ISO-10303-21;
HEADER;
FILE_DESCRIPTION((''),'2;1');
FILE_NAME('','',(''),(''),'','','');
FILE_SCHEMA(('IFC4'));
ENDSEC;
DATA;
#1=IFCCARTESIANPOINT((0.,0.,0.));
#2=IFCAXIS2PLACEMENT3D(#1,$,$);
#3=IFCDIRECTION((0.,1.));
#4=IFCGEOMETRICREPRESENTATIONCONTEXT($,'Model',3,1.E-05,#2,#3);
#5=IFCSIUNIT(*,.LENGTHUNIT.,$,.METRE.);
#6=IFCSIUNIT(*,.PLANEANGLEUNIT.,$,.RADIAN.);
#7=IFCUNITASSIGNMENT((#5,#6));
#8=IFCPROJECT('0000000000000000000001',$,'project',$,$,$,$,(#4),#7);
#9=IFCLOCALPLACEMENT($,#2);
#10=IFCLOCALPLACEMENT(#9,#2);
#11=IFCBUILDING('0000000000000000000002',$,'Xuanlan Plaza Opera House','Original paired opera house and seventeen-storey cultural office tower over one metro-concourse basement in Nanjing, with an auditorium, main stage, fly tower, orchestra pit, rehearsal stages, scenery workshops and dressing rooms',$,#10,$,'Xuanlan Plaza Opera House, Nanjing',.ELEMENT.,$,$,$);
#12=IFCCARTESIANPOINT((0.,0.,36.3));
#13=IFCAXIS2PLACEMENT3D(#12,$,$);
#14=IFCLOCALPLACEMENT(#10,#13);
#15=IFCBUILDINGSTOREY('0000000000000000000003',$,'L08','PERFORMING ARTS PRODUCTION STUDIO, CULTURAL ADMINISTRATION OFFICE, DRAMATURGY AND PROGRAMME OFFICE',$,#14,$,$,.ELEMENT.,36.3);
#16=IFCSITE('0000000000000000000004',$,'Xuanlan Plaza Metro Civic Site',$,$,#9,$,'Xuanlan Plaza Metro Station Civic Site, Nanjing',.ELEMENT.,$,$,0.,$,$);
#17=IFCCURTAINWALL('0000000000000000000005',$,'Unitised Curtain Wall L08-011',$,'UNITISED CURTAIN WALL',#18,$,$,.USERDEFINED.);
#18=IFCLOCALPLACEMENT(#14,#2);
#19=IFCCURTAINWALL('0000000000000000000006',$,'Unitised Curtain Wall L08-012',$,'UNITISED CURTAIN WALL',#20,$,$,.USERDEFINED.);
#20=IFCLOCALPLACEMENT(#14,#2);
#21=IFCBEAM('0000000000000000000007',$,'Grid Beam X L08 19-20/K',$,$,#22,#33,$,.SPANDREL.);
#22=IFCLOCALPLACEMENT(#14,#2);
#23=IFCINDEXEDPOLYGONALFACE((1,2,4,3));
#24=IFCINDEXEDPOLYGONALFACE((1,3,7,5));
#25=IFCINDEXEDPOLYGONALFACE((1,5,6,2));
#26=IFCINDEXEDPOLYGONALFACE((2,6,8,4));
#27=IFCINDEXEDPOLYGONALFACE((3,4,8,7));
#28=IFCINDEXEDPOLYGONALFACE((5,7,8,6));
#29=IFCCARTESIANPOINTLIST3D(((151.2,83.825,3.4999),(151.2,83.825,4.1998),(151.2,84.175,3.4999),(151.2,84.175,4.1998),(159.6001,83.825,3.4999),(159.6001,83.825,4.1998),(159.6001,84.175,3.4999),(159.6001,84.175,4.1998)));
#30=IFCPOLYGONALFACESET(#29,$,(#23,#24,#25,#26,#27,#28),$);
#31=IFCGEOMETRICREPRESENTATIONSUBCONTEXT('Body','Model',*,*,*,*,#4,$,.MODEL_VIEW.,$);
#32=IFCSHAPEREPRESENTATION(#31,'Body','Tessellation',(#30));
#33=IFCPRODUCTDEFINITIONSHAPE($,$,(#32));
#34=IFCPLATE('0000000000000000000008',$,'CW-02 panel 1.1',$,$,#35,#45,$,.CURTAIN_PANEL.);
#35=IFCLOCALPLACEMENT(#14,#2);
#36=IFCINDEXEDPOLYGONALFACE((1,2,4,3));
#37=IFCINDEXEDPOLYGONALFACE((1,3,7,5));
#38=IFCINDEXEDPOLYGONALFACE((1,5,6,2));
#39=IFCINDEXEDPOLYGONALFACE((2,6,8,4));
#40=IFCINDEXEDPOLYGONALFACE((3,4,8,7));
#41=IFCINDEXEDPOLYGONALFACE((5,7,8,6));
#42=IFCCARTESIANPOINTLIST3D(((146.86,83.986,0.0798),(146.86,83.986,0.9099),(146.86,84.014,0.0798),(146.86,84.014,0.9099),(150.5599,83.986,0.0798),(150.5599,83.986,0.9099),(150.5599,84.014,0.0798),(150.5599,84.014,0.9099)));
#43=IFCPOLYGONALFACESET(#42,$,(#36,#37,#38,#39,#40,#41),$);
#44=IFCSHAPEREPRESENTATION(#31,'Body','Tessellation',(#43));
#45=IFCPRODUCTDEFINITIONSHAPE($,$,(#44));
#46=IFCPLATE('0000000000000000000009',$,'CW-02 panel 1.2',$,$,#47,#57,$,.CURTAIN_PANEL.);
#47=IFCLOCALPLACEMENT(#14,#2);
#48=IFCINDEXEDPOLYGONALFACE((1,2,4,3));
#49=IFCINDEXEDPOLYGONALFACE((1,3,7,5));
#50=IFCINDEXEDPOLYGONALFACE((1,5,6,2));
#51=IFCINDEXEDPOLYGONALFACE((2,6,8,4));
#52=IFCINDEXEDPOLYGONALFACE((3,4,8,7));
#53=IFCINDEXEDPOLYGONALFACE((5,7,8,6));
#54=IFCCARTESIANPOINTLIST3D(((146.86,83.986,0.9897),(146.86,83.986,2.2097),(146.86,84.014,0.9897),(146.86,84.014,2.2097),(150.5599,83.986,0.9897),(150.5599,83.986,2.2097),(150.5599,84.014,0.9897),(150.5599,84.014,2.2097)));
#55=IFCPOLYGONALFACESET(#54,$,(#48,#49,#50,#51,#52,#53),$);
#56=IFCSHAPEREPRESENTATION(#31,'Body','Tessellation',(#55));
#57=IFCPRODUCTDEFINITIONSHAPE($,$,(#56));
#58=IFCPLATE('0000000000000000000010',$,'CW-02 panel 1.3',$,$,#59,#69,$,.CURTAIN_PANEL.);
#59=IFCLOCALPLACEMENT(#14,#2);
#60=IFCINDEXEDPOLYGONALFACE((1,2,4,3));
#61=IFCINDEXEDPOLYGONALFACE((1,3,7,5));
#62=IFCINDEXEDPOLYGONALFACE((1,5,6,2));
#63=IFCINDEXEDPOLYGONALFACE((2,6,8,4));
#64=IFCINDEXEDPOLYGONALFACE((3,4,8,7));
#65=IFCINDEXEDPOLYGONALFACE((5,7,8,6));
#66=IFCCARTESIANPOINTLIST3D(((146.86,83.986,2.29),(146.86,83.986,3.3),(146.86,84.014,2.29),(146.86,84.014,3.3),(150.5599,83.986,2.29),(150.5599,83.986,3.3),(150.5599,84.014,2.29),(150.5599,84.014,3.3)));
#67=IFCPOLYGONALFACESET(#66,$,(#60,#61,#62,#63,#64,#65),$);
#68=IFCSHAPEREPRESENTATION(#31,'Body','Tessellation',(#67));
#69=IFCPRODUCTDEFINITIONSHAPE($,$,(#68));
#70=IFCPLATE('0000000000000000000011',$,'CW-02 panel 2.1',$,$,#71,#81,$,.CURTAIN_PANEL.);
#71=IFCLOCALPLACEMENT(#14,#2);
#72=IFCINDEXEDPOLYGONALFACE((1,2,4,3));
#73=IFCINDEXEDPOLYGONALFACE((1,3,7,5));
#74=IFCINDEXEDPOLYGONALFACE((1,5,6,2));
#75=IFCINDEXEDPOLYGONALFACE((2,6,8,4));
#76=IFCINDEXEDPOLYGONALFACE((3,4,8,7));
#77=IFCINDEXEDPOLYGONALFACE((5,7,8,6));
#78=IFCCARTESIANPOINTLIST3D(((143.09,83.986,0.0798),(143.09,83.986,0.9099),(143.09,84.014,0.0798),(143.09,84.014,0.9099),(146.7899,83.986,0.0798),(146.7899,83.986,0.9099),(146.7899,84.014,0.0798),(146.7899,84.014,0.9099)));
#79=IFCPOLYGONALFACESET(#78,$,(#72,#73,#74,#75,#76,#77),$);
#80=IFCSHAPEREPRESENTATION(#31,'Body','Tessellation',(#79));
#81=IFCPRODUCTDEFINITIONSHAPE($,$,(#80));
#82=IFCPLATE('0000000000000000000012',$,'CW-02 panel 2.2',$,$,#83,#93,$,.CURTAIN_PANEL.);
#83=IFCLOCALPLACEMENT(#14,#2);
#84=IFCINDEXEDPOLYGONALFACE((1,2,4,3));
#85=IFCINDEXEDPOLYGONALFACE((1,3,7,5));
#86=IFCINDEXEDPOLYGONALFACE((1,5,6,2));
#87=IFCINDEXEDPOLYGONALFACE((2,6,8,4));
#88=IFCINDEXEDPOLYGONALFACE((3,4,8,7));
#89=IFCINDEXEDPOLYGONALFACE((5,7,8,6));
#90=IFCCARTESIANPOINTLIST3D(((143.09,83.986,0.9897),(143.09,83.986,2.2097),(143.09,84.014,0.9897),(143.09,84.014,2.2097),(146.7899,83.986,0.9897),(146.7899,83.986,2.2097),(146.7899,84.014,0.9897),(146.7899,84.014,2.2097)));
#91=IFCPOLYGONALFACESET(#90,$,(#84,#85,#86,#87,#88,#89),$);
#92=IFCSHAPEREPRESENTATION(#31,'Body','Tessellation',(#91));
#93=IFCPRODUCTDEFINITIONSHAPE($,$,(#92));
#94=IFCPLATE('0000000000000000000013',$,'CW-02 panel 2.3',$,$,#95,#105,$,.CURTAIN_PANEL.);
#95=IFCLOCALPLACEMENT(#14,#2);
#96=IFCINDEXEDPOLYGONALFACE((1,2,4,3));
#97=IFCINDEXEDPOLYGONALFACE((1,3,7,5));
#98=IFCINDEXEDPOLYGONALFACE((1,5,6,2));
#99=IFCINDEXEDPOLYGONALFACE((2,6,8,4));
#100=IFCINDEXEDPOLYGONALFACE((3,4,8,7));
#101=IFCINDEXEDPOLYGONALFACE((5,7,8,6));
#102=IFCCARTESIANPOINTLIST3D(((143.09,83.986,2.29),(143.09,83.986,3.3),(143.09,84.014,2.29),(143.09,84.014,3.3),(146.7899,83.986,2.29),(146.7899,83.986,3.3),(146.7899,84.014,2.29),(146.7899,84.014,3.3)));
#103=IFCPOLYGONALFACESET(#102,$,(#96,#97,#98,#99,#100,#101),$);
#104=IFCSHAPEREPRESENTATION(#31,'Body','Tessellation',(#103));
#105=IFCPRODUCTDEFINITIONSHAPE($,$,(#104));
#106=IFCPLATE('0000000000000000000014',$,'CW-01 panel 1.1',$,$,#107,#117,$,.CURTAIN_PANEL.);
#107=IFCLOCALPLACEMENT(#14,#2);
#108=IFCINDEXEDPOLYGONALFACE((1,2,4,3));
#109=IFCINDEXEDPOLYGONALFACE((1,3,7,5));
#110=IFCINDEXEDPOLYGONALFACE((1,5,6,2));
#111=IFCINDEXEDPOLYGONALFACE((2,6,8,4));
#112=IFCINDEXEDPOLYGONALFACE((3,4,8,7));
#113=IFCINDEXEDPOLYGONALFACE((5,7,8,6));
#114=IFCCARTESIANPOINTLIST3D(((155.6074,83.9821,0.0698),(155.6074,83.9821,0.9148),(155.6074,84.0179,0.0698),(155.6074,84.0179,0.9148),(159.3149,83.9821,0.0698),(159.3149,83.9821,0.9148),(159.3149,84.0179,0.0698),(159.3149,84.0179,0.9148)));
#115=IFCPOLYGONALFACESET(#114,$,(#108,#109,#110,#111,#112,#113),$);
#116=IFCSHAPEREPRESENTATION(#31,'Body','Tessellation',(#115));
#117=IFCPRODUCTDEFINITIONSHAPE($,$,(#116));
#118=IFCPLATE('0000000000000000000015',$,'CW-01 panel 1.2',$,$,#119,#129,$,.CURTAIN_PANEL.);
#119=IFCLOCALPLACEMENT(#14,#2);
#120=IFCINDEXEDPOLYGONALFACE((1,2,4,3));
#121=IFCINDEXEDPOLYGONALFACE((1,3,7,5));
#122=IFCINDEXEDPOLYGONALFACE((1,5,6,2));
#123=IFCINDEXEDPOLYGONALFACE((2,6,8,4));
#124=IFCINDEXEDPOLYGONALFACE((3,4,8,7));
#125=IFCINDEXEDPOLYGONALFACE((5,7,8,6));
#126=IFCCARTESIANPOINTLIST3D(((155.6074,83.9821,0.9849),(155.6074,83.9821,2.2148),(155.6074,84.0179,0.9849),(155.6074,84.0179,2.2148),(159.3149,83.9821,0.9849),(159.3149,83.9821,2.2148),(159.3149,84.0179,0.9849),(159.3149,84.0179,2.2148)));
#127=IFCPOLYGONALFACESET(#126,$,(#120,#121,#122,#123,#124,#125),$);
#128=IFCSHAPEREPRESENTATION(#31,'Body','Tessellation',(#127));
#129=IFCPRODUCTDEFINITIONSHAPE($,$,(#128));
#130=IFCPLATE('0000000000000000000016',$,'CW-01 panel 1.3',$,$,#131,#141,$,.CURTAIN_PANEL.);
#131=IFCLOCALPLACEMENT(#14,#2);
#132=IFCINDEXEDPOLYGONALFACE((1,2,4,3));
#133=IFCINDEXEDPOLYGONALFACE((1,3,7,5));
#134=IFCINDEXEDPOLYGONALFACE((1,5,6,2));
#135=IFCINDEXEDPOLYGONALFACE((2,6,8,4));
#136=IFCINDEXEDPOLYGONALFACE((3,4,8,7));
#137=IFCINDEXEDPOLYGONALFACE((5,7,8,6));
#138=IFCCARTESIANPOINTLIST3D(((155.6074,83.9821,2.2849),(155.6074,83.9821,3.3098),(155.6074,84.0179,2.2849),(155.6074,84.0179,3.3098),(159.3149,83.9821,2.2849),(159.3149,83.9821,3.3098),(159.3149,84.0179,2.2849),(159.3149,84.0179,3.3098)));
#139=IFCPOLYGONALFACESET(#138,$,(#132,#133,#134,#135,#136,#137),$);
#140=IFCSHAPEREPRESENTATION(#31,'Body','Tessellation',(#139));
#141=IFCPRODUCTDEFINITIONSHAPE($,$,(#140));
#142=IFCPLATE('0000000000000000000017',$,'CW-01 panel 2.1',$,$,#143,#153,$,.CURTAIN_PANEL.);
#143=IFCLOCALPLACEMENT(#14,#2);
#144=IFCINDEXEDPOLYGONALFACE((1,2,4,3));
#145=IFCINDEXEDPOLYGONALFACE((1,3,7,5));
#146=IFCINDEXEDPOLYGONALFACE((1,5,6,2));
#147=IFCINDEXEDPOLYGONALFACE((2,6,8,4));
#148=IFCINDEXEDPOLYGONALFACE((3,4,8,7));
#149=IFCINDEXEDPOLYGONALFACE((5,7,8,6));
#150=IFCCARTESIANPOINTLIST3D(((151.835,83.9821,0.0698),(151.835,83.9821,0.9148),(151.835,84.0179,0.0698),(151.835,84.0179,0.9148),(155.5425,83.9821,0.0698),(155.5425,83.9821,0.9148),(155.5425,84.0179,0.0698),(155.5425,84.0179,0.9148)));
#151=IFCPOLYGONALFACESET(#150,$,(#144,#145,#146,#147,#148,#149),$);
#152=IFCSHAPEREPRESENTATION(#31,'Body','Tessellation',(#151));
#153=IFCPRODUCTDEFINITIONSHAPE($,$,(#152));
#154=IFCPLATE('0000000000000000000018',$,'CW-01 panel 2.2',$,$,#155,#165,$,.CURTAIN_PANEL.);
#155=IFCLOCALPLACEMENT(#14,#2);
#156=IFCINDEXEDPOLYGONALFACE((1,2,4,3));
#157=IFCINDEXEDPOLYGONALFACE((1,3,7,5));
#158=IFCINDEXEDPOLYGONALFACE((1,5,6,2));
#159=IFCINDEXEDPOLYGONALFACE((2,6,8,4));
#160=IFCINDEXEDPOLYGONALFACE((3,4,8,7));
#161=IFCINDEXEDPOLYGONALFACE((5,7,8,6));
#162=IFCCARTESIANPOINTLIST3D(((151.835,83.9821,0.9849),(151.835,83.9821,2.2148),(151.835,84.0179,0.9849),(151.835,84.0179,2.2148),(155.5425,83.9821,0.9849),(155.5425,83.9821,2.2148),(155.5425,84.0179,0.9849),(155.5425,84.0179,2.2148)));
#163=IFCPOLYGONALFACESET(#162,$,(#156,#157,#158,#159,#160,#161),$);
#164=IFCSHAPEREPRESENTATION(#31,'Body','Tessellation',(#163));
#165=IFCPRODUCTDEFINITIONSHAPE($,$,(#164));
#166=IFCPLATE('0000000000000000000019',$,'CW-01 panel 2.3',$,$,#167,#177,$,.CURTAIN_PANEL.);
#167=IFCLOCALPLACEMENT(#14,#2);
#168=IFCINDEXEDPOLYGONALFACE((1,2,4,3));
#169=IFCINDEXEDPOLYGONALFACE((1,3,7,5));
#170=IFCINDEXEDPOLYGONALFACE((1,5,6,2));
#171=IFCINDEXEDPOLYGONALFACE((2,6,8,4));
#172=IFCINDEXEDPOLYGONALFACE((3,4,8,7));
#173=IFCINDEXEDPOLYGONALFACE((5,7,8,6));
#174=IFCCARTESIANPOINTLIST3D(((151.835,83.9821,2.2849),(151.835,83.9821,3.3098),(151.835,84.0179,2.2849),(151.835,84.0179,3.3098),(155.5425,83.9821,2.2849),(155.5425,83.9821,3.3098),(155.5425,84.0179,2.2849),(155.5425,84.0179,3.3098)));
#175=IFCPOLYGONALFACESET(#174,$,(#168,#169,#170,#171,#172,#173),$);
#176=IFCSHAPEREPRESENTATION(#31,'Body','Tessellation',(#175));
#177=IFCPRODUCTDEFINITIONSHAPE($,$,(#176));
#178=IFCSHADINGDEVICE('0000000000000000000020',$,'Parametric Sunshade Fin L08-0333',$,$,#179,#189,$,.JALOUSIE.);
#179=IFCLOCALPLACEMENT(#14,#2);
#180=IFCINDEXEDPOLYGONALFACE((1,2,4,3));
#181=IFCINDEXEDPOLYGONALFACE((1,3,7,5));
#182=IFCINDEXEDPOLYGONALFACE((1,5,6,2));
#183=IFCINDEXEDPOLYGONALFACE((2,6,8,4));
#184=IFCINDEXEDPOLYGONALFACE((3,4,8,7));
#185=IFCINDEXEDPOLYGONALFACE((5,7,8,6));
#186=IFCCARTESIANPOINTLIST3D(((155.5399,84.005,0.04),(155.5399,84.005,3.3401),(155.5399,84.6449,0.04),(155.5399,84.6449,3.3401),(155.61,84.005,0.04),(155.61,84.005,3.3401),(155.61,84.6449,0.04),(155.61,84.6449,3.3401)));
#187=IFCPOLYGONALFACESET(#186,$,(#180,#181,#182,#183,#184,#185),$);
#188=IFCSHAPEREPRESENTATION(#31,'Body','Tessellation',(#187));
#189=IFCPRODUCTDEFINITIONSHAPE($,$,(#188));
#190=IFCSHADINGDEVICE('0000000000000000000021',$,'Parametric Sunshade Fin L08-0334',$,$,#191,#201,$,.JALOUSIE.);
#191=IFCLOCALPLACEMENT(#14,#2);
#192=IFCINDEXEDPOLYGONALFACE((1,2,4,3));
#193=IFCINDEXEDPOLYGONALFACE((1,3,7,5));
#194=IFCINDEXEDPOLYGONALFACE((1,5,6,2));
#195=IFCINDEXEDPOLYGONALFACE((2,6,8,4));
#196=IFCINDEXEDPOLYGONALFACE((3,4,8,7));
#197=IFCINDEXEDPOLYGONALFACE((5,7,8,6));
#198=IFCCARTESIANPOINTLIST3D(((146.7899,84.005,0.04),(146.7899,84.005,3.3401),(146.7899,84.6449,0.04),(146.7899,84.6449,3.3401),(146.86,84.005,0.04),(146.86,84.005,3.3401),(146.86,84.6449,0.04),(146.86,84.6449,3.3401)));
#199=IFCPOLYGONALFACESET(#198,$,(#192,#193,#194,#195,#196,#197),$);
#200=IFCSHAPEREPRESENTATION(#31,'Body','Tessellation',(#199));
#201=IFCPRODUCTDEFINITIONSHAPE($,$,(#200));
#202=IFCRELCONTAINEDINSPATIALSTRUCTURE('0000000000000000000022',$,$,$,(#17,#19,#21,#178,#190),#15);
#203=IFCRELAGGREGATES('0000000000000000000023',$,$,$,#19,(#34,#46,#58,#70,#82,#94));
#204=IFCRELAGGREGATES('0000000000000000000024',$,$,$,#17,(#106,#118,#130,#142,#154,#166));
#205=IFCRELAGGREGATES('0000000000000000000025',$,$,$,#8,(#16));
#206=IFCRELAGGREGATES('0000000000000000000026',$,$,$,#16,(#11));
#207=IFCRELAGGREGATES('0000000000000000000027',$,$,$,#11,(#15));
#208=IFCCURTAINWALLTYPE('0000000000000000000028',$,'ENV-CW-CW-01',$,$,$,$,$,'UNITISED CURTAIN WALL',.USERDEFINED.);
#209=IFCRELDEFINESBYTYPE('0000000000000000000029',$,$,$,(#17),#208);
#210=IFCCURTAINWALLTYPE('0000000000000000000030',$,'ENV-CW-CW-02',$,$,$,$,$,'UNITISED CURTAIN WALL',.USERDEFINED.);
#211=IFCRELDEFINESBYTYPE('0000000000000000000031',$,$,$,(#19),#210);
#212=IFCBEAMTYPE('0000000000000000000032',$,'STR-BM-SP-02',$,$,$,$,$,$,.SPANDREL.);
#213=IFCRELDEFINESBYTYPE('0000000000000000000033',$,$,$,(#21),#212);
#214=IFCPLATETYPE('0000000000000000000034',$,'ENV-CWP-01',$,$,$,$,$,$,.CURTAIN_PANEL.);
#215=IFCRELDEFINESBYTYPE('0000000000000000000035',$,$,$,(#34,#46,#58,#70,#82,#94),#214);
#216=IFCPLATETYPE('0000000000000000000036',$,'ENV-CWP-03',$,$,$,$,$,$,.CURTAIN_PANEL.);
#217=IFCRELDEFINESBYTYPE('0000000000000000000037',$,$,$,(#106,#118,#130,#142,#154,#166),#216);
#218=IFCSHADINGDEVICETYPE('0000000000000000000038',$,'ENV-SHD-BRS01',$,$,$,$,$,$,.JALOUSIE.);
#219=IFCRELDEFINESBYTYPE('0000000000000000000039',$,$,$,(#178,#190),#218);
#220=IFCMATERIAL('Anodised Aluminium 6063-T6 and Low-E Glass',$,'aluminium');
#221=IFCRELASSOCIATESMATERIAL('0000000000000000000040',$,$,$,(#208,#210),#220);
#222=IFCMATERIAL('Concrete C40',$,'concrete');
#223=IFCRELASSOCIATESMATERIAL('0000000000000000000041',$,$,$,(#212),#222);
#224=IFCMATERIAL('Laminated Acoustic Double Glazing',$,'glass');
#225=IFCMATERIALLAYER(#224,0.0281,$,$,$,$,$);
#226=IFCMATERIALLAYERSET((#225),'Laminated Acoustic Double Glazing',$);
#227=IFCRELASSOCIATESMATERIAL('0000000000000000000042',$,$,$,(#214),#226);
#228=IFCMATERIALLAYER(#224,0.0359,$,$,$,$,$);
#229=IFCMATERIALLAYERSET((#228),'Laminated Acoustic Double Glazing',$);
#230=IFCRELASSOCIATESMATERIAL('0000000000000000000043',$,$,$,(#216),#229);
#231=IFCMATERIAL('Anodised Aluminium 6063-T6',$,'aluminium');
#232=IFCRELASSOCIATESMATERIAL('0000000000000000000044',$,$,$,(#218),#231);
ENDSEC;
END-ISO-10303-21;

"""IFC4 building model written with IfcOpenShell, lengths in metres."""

from ifc_helpers import new_model, si_unit, direction, frame, origin, origin_2d, place, context, subcontext, project, spatial, rectangle, extrude, material, layer, layer_set, material_profile, profile_set, type_object, element, aggregate, save


model = new_model("IFC4")

# Units and contexts
model_context = context("Model", 3, precision=1e-05, world=origin(), true_north=direction((0.0, 1.0)))
body_context = subcontext(model_context, "Body", "Model", "MODEL_VIEW")
ifc_project = project(units=[si_unit("LENGTHUNIT", "METRE"), si_unit("PLANEANGLEUNIT", "RADIAN")], contexts=[model_context])

# Site, building, storey
site_placement = place(None, origin())
site = spatial("IfcSite", under=ifc_project, at=site_placement, Name="Xuanlan Plaza Metro Civic Site", LongName="Xuanlan Plaza Metro Station Civic Site, Nanjing", CompositionType="ELEMENT", RefElevation=0.0)
building_placement = place(site_placement, origin())
building = spatial("IfcBuilding", under=site, at=building_placement, Name="Xuanlan Plaza Opera House", Description="Original paired opera house and seventeen-storey cultural office tower over one metro-concourse basement in Nanjing, with an auditorium, main stage, fly tower, orchestra pit, rehearsal stages, scenery workshops and dressing rooms", LongName="Xuanlan Plaza Opera House, Nanjing", CompositionType="ELEMENT")
storey_placement = place(building_placement, frame((0.0, 0.0, 36.3)))
storey = spatial("IfcBuildingStorey", under=building, at=storey_placement, Name="L08", Description="PERFORMING ARTS PRODUCTION STUDIO, CULTURAL ADMINISTRATION OFFICE, DRAMATURGY AND PROGRAMME OFFICE", CompositionType="ELEMENT", Elevation=36.3)

# Curtain walls
ifc_material_1 = material(Name="Anodised Aluminium 6063-T6 and Low-E Glass", Category="aluminium")
curtain_wall_type_1 = type_object("IfcCurtainWallType", Name="ENV-CW-CW-01", ElementType="UNITISED CURTAIN WALL", PredefinedType="USERDEFINED", material=ifc_material_1)
curtain_wall_1_placement = place(storey_placement, origin())
curtain_wall_1 = element("IfcCurtainWall", 1, at=curtain_wall_1_placement, inside=storey, type_object=curtain_wall_type_1, Name="Unitised Curtain Wall L08-011", ObjectType="UNITISED CURTAIN WALL", PredefinedType="USERDEFINED")
ifc_material_2 = material(Name="Anodised Aluminium 6063-T6", Category="aluminium")
curtain_wall_type_2 = type_object("IfcCurtainWallType", Name="ENV-CW-CW-02", ElementType="UNITISED CURTAIN WALL", PredefinedType="USERDEFINED", material=ifc_material_1)
curtain_wall_2_placement = place(storey_placement, origin())
curtain_wall_2 = element("IfcCurtainWall", 2, at=curtain_wall_2_placement, inside=storey, type_object=curtain_wall_type_2, Name="Unitised Curtain Wall L08-012", ObjectType="UNITISED CURTAIN WALL", PredefinedType="USERDEFINED")

# Beam
ifc_material_3 = material(Name="Concrete C40", Category="concrete")
ifc_material_profile_1 = material_profile(ifc_material_3, rectangle(XDim=0.3501, YDim=0.7, at=origin_2d()), Name="RC-SPD 350x700")
ifc_profile_set_1 = profile_set([ifc_material_profile_1], Name="Concrete C40")
beam_type = type_object("IfcBeamType", Name="STR-BM-SP-02", PredefinedType="SPANDREL", material=ifc_profile_set_1)
beam_1_placement = place(storey_placement, frame((151.2, 84.0, 3.8499), z_axis=(1.0, 0.0, 0.0), x_axis=(0.0, 1.0, 0.0)))
element("IfcBeam", 3, at=beam_1_placement, inside=storey, type_object=beam_type, Name="Grid Beam X L08 19-20/K", PredefinedType="SPANDREL", context=body_context, shape_type="SweptSolid", body=[
    extrude(rectangle(XDim=0.3501, YDim=0.7, at=origin_2d()), origin(), (0.0, 0.0, 1.0), 8.4001),
])

# Plates
ifc_material_4 = material(Name="Laminated Acoustic Double Glazing", Category="glass")
ifc_layer_1 = layer(ifc_material_4, 0.0281)
ifc_layer_set_1 = layer_set([ifc_layer_1], Name="Laminated Acoustic Double Glazing")
plate_type_1 = type_object("IfcPlateType", Name="ENV-CWP-01", PredefinedType="CURTAIN_PANEL", material=ifc_layer_set_1)
plate_1_placement = place(storey_placement, frame((148.71, 84.0, 0.0798), z_axis=(0.0, 0.0, 1.0), x_axis=(-1.0, 0.0, 0.0)))
plate_1 = element("IfcPlate", 4, at=plate_1_placement, type_object=plate_type_1, Name="CW-02 panel 1.1", PredefinedType="CURTAIN_PANEL", context=body_context, shape_type="SweptSolid", body=[
    extrude(rectangle(XDim=3.7, YDim=0.0281, at=origin_2d()), origin(), (0.0, 0.0, 1.0), 0.8301),
])
plate_2_placement = place(storey_placement, frame((148.71, 84.0, 0.9897), z_axis=(0.0, 0.0, 1.0), x_axis=(-1.0, 0.0, 0.0)))
plate_2 = element("IfcPlate", 5, at=plate_2_placement, type_object=plate_type_1, Name="CW-02 panel 1.2", PredefinedType="CURTAIN_PANEL", context=body_context, shape_type="SweptSolid", body=[
    extrude(rectangle(XDim=3.7, YDim=0.0281, at=origin_2d()), origin(), (0.0, 0.0, 1.0), 1.22),
])
plate_3_placement = place(storey_placement, frame((148.71, 84.0, 2.29), z_axis=(0.0, 0.0, 1.0), x_axis=(-1.0, 0.0, 0.0)))
plate_3 = element("IfcPlate", 6, at=plate_3_placement, type_object=plate_type_1, Name="CW-02 panel 1.3", PredefinedType="CURTAIN_PANEL", context=body_context, shape_type="SweptSolid", body=[
    extrude(rectangle(XDim=3.7, YDim=0.0281, at=origin_2d()), origin(), (0.0, 0.0, 1.0), 1.01),
])
plate_4_placement = place(storey_placement, frame((144.9399, 84.0, 0.0798), z_axis=(0.0, 0.0, 1.0), x_axis=(-1.0, 0.0, 0.0)))
plate_4 = element("IfcPlate", 7, at=plate_4_placement, type_object=plate_type_1, Name="CW-02 panel 2.1", PredefinedType="CURTAIN_PANEL", context=body_context, shape_type="SweptSolid", body=[
    extrude(rectangle(XDim=3.7, YDim=0.0281, at=origin_2d()), origin(), (0.0, 0.0, 1.0), 0.8301),
])
plate_5_placement = place(storey_placement, frame((144.9399, 84.0, 0.9897), z_axis=(0.0, 0.0, 1.0), x_axis=(-1.0, 0.0, 0.0)))
plate_5 = element("IfcPlate", 8, at=plate_5_placement, type_object=plate_type_1, Name="CW-02 panel 2.2", PredefinedType="CURTAIN_PANEL", context=body_context, shape_type="SweptSolid", body=[
    extrude(rectangle(XDim=3.7, YDim=0.0281, at=origin_2d()), origin(), (0.0, 0.0, 1.0), 1.22),
])
plate_6_placement = place(storey_placement, frame((144.9399, 84.0, 2.29), z_axis=(0.0, 0.0, 1.0), x_axis=(-1.0, 0.0, 0.0)))
plate_6 = element("IfcPlate", 9, at=plate_6_placement, type_object=plate_type_1, Name="CW-02 panel 2.3", PredefinedType="CURTAIN_PANEL", context=body_context, shape_type="SweptSolid", body=[
    extrude(rectangle(XDim=3.7, YDim=0.0281, at=origin_2d()), origin(), (0.0, 0.0, 1.0), 1.01),
])
aggregate(curtain_wall_2, [plate_1, plate_2, plate_3, plate_4, plate_5, plate_6])
ifc_layer_2 = layer(ifc_material_4, 0.0359)
ifc_layer_set_2 = layer_set([ifc_layer_2], Name="Laminated Acoustic Double Glazing")
plate_type_2 = type_object("IfcPlateType", Name="ENV-CWP-03", PredefinedType="CURTAIN_PANEL", material=ifc_layer_set_2)
plate_7_placement = place(storey_placement, frame((157.4612, 84.0, 0.0698), z_axis=(0.0, 0.0, 1.0), x_axis=(-1.0, 0.0, 0.0)))
plate_7 = element("IfcPlate", 10, at=plate_7_placement, type_object=plate_type_2, Name="CW-01 panel 1.1", PredefinedType="CURTAIN_PANEL", context=body_context, shape_type="SweptSolid", body=[
    extrude(rectangle(XDim=3.7075, YDim=0.0359, at=origin_2d()), origin(), (0.0, 0.0, 1.0), 0.845),
])
plate_8_placement = place(storey_placement, frame((157.4612, 84.0, 0.9849), z_axis=(0.0, 0.0, 1.0), x_axis=(-1.0, 0.0, 0.0)))
plate_8 = element("IfcPlate", 11, at=plate_8_placement, type_object=plate_type_2, Name="CW-01 panel 1.2", PredefinedType="CURTAIN_PANEL", context=body_context, shape_type="SweptSolid", body=[
    extrude(rectangle(XDim=3.7075, YDim=0.0359, at=origin_2d()), origin(), (0.0, 0.0, 1.0), 1.23),
])
plate_9_placement = place(storey_placement, frame((157.4612, 84.0, 2.2849), z_axis=(0.0, 0.0, 1.0), x_axis=(-1.0, 0.0, 0.0)))
plate_9 = element("IfcPlate", 12, at=plate_9_placement, type_object=plate_type_2, Name="CW-01 panel 1.3", PredefinedType="CURTAIN_PANEL", context=body_context, shape_type="SweptSolid", body=[
    extrude(rectangle(XDim=3.7075, YDim=0.0359, at=origin_2d()), origin(), (0.0, 0.0, 1.0), 1.0249),
])
plate_10_placement = place(storey_placement, frame((153.6887, 84.0, 0.0698), z_axis=(0.0, 0.0, 1.0), x_axis=(-1.0, 0.0, 0.0)))
plate_10 = element("IfcPlate", 13, at=plate_10_placement, type_object=plate_type_2, Name="CW-01 panel 2.1", PredefinedType="CURTAIN_PANEL", context=body_context, shape_type="SweptSolid", body=[
    extrude(rectangle(XDim=3.7075, YDim=0.0359, at=origin_2d()), origin(), (0.0, 0.0, 1.0), 0.845),
])
plate_11_placement = place(storey_placement, frame((153.6887, 84.0, 0.9849), z_axis=(0.0, 0.0, 1.0), x_axis=(-1.0, 0.0, 0.0)))
plate_11 = element("IfcPlate", 14, at=plate_11_placement, type_object=plate_type_2, Name="CW-01 panel 2.2", PredefinedType="CURTAIN_PANEL", context=body_context, shape_type="SweptSolid", body=[
    extrude(rectangle(XDim=3.7075, YDim=0.0359, at=origin_2d()), origin(), (0.0, 0.0, 1.0), 1.23),
])
plate_12_placement = place(storey_placement, frame((153.6887, 84.0, 2.2849), z_axis=(0.0, 0.0, 1.0), x_axis=(-1.0, 0.0, 0.0)))
plate_12 = element("IfcPlate", 15, at=plate_12_placement, type_object=plate_type_2, Name="CW-01 panel 2.3", PredefinedType="CURTAIN_PANEL", context=body_context, shape_type="SweptSolid", body=[
    extrude(rectangle(XDim=3.7075, YDim=0.0359, at=origin_2d()), origin(), (0.0, 0.0, 1.0), 1.0249),
])
aggregate(curtain_wall_1, [plate_7, plate_8, plate_9, plate_10, plate_11, plate_12])

# Shading devices
shading_device_type = type_object("IfcShadingDeviceType", Name="ENV-SHD-BRS01", PredefinedType="JALOUSIE", material=ifc_material_2)
for number, where, z_axis, x_axis, name in (
    (16, (155.575, 84.325, 0.04), (0.0, 0.0, 1.0), (0.0, 1.0, 0.0), "Parametric Sunshade Fin L08-0333"),
    (17, (146.825, 84.325, 0.04), (0.0, 0.0, 1.0), (0.0, 1.0, 0.0), "Parametric Sunshade Fin L08-0334"),
):
    element("IfcShadingDevice", number, at=place(storey_placement, frame(where, z_axis=z_axis, x_axis=x_axis)), inside=storey, type_object=shading_device_type, Name=name, PredefinedType="JALOUSIE", context=body_context, shape_type="SweptSolid", body=[
        extrude(rectangle(XDim=0.6399, YDim=0.0701, at=origin_2d()), origin(), (0.0, 0.0, 1.0), 3.3),
    ])

save(model, "model.ifc")
